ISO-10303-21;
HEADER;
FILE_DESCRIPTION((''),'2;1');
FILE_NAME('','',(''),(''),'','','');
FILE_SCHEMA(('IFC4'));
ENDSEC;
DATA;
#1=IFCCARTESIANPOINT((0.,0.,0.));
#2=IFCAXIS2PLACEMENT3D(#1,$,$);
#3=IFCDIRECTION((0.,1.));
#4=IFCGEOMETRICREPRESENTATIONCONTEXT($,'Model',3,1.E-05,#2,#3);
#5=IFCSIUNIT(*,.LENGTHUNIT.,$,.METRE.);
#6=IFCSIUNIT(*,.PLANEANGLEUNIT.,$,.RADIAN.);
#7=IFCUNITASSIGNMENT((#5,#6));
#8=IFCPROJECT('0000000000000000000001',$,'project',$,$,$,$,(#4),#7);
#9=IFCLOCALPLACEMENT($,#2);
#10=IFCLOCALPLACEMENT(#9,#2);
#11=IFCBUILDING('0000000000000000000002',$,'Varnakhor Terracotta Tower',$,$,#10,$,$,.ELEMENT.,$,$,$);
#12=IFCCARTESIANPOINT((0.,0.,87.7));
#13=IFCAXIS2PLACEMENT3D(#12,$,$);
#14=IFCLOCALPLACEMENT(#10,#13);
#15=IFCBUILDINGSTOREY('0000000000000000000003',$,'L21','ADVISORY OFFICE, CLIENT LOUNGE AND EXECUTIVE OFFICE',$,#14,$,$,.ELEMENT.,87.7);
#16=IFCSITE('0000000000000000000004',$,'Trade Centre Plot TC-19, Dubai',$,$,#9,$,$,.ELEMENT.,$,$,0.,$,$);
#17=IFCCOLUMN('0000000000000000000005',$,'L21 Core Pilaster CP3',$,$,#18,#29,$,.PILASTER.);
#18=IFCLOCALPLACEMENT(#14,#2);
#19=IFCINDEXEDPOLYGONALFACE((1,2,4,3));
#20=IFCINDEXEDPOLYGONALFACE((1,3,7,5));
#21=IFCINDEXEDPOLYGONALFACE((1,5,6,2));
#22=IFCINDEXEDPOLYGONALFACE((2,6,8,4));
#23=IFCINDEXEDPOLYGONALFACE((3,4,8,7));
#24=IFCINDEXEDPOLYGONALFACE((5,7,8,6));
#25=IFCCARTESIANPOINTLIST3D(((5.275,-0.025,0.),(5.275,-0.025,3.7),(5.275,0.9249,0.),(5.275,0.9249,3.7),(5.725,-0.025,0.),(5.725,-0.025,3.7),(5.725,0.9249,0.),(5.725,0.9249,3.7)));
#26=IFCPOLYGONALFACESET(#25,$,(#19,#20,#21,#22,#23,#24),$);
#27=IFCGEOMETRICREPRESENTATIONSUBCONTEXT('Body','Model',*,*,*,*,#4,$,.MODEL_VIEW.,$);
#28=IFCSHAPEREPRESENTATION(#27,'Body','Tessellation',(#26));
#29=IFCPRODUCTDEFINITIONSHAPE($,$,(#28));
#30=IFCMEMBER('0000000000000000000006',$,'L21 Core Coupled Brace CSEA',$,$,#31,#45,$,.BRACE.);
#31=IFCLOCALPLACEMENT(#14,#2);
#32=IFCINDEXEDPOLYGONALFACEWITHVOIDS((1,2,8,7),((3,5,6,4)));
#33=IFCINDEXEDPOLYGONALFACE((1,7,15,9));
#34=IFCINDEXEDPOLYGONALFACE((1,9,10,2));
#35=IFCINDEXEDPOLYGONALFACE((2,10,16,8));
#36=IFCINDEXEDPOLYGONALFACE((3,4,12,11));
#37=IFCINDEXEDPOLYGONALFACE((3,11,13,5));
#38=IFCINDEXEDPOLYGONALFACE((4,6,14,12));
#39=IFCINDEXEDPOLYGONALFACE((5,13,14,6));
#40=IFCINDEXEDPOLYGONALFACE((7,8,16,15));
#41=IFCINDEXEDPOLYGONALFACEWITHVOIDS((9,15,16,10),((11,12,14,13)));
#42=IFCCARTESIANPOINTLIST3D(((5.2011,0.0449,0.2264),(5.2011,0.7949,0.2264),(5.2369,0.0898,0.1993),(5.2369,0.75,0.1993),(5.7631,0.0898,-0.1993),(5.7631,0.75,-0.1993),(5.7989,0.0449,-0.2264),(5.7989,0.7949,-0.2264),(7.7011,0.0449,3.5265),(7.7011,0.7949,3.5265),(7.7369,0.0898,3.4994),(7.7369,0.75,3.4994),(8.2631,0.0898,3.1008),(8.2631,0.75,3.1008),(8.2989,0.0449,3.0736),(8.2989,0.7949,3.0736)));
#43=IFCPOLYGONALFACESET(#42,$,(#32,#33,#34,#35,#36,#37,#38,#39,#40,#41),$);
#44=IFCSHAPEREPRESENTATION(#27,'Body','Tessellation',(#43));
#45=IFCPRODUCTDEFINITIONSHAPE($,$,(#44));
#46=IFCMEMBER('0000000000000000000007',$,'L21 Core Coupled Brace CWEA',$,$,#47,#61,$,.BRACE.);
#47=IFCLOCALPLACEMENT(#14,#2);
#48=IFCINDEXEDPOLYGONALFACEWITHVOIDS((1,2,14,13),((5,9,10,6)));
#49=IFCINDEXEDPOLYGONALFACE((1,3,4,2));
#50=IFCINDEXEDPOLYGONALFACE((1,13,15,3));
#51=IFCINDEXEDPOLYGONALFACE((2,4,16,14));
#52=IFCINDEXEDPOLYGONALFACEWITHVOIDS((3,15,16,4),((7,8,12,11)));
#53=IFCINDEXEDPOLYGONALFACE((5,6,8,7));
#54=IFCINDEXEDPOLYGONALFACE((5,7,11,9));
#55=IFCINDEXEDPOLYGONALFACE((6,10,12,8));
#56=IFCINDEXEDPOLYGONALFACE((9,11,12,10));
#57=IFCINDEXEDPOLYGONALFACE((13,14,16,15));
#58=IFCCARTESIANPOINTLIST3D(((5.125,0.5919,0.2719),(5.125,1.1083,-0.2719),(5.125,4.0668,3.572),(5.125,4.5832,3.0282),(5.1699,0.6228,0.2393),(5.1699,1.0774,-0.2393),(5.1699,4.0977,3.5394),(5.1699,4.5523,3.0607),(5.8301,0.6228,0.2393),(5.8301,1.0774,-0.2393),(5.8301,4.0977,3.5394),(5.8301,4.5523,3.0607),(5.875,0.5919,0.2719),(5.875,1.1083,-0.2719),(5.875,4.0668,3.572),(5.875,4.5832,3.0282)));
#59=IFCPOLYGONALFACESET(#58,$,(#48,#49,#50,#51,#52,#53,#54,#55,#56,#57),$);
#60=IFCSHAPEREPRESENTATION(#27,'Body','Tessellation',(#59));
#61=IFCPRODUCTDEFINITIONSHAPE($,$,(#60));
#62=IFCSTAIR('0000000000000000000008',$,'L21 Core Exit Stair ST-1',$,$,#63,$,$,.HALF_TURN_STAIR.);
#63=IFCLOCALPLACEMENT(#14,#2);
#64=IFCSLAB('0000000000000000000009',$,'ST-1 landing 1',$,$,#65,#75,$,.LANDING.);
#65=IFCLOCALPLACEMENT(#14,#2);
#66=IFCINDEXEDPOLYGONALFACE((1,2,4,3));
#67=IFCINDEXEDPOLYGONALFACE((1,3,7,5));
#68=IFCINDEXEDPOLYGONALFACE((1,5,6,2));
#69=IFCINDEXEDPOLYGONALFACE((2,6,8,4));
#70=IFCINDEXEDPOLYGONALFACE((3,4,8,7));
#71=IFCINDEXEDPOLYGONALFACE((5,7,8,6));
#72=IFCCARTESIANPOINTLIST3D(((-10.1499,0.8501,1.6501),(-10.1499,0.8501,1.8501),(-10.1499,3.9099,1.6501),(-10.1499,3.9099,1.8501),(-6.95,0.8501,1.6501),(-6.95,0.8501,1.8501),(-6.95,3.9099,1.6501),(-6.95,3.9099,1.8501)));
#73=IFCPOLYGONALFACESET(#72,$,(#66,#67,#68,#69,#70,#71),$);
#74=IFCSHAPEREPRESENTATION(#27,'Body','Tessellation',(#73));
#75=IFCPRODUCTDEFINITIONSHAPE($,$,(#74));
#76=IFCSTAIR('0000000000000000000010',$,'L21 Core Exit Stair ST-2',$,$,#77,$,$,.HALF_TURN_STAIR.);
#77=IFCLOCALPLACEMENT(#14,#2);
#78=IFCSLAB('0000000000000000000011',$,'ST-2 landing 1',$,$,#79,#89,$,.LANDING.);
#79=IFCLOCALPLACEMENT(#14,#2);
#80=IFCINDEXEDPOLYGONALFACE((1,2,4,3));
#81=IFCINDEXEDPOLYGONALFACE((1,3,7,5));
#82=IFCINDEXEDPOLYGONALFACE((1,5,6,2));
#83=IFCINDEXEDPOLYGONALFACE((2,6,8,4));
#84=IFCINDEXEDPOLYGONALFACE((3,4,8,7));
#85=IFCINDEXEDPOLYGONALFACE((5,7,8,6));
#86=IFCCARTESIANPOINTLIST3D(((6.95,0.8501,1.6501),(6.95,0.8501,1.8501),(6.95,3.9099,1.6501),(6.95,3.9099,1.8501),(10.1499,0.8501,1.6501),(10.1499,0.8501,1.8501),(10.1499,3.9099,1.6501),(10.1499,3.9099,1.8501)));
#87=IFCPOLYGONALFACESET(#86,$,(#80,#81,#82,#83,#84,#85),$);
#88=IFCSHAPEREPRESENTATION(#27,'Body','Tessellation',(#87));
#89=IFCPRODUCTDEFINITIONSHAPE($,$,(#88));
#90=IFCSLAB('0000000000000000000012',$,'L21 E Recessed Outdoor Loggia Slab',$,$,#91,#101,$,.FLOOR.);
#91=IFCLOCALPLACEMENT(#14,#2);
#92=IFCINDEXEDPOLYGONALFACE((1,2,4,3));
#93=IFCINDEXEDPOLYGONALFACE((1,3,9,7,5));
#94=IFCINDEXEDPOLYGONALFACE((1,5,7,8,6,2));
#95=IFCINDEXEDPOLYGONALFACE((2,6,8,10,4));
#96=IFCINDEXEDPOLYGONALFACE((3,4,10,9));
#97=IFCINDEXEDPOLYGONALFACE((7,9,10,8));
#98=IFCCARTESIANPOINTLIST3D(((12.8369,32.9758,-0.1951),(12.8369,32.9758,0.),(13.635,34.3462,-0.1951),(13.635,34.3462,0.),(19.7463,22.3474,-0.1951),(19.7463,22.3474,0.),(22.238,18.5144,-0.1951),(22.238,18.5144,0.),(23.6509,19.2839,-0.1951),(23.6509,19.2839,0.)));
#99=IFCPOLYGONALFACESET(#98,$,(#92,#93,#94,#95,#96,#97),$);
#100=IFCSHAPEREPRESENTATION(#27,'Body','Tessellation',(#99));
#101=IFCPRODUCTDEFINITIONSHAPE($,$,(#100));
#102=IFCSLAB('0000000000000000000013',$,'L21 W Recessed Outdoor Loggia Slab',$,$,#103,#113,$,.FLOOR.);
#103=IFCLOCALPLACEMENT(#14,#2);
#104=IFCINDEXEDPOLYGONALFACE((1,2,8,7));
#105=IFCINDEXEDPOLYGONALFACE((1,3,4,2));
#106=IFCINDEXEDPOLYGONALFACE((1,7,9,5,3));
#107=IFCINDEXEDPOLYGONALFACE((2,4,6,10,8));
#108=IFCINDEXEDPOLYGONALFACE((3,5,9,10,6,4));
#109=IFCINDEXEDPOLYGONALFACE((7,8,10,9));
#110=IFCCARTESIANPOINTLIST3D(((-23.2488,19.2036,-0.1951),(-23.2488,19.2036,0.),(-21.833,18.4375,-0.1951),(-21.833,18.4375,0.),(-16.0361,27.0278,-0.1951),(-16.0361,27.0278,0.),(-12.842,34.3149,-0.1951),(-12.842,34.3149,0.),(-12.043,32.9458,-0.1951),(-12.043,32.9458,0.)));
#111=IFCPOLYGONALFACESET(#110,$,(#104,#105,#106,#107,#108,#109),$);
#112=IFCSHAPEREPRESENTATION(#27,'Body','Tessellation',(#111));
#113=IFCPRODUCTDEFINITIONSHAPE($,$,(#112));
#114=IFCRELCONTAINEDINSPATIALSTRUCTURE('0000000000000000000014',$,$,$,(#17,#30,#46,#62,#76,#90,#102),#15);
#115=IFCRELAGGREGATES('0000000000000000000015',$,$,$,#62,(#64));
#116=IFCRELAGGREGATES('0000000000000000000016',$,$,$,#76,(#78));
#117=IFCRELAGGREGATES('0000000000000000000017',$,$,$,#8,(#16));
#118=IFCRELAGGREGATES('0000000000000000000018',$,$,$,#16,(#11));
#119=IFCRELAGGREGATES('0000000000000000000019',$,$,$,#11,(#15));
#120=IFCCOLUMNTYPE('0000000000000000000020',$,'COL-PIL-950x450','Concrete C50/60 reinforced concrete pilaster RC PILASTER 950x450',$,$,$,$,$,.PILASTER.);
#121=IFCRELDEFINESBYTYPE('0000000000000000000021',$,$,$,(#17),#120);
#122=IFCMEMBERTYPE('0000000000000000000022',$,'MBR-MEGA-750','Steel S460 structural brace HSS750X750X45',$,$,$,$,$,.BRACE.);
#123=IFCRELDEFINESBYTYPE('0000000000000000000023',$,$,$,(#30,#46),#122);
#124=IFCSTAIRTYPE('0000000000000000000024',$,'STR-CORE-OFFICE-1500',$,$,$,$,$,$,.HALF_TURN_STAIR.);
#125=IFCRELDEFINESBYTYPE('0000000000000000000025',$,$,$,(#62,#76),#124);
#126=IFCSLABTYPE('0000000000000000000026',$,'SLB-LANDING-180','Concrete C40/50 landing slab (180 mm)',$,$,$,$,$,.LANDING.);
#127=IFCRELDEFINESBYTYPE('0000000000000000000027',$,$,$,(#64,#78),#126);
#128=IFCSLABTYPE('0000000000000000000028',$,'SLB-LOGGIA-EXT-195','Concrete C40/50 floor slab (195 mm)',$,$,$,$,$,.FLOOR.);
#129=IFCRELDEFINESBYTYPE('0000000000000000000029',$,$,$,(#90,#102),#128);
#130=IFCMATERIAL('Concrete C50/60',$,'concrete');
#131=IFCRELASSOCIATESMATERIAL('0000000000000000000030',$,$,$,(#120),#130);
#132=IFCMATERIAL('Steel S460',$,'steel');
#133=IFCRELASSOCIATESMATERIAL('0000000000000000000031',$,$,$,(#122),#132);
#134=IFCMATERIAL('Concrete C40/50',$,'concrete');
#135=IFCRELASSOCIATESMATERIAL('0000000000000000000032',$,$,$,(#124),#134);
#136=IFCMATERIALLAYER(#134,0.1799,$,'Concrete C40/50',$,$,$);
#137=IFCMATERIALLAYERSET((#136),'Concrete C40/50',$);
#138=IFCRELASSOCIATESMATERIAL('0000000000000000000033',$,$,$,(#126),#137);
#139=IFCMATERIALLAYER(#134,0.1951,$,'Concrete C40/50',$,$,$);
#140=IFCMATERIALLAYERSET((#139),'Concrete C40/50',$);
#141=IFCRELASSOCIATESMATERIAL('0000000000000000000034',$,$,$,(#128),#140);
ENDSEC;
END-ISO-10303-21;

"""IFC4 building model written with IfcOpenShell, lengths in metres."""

from ifc_helpers import new_model, si_unit, direction, frame, origin, origin_2d, place, context, subcontext, project, spatial, polyline, rectangle, hollow_rectangle, outline, extrude, source, transform, mapped, material, layer, layer_set, material_profile, profile_set, type_object, type_shapes, element, aggregate, save


model = new_model("IFC4")

# Units and contexts
model_context = context("Model", 3, precision=1e-05, world=origin(), true_north=direction((0.0, 1.0)))
body_context = subcontext(model_context, "Body", "Model", "MODEL_VIEW")
ifc_project = project(units=[si_unit("LENGTHUNIT", "METRE"), si_unit("PLANEANGLEUNIT", "RADIAN")], contexts=[model_context])

# Site, building, storey
site_placement = place(None, origin())
site = spatial("IfcSite", under=ifc_project, at=site_placement, Name="Trade Centre Plot TC-19, Dubai", CompositionType="ELEMENT", RefElevation=0.0)
building_placement = place(site_placement, origin())
building = spatial("IfcBuilding", under=site, at=building_placement, Name="Varnakhor Terracotta Tower", CompositionType="ELEMENT")
storey_placement = place(building_placement, frame((0.0, 0.0, 87.7)))
storey = spatial("IfcBuildingStorey", under=building, at=storey_placement, Name="L21", Description="ADVISORY OFFICE, CLIENT LOUNGE AND EXECUTIVE OFFICE", CompositionType="ELEMENT", Elevation=87.7)

# Column
ifc_material_1 = material(Name="Concrete C50/60", Category="concrete")
ifc_material_profile_1 = material_profile(ifc_material_1, rectangle(XDim=0.45, YDim=0.95, at=origin_2d()), Name="RC PILASTER 950x450")
ifc_profile_set_1 = profile_set([ifc_material_profile_1], Name="Concrete C50/60")
column_type = type_object("IfcColumnType", Name="COL-PIL-950x450", Description="Concrete C50/60 reinforced concrete pilaster RC PILASTER 950x450", PredefinedType="PILASTER", material=ifc_profile_set_1)
shared_shape_1 = source(origin(), body_context, "Body", "SweptSolid", [
    extrude(rectangle(XDim=0.45, YDim=0.95, at=origin_2d()), origin(), (0.0, 0.0, 1.0), 3.7),
])
column_placement = place(storey_placement, frame((5.5, 0.45, 0.0), z_axis=(0.0, 0.0, 1.0), x_axis=(1.0, 0.0, 0.0)))
element("IfcColumn", 1, at=column_placement, inside=storey, type_object=column_type, Name="L21 Core Pilaster CP3", PredefinedType="PILASTER", context=body_context, shape_type="MappedRepresentation", body=[
    mapped(shared_shape_1, transform((0.0, 0.0, 0.0), scale=1.0)),
])

# Members
ifc_material_2 = material(Name="Steel S460", Category="steel")
ifc_material_profile_2 = material_profile(ifc_material_2, hollow_rectangle(XDim=0.75, YDim=0.75, WallThickness=0.0449, at=origin_2d()), Name="HSS750X750X45")
ifc_profile_set_2 = profile_set([ifc_material_profile_2], Name="Steel S460")
member_type = type_object("IfcMemberType", Name="MBR-MEGA-750", Description="Steel S460 structural brace HSS750X750X45", PredefinedType="BRACE", material=ifc_profile_set_2)
shared_shape_2 = source(origin(), body_context, "Body", "SweptSolid", [
    extrude(hollow_rectangle(XDim=0.75, YDim=0.75, WallThickness=0.0449, at=origin_2d()), origin(), (0.0, 0.0, 1.0), 4.1401),
])
type_shapes(member_type, [shared_shape_2])
member_1_placement = place(storey_placement, frame((5.5, 0.4199, 0.0), z_axis=(0.603852, 0.0, 0.797096), x_axis=(0.0, 1.0, 0.0)))
element("IfcMember", 2, at=member_1_placement, inside=storey, type_object=member_type, Name="L21 Core Coupled Brace CSEA", PredefinedType="BRACE", context=body_context, shape_type="MappedRepresentation", body=[
    mapped(shared_shape_2, transform((0.0, 0.0, 0.0), scale=1.0)),
])
shared_shape_3 = source(origin(), body_context, "Body", "SweptSolid", [
    extrude(hollow_rectangle(XDim=0.75, YDim=0.75, WallThickness=0.0449, at=origin_2d()), origin(), (0.0, 0.0, 1.0), 4.7922),
])
member_2_placement = place(storey_placement, frame((5.5, 0.8501, 0.0), z_axis=(0.0, 0.72511, 0.688633), x_axis=(-1.0, 0.0, 0.0)))
element("IfcMember", 3, at=member_2_placement, inside=storey, type_object=member_type, Name="L21 Core Coupled Brace CWEA", PredefinedType="BRACE", context=body_context, shape_type="MappedRepresentation", body=[
    mapped(shared_shape_3, transform((0.0, 0.0, 0.0), scale=1.0)),
])

# Stairs, slabs
ifc_material_3 = material(Name="Concrete C40/50", Category="concrete")
stair_type = type_object("IfcStairType", Name="STR-CORE-OFFICE-1500", PredefinedType="HALF_TURN_STAIR", material=ifc_material_3)
stair_1_placement = place(storey_placement, origin())
stair_1 = element("IfcStair", 4, at=stair_1_placement, inside=storey, type_object=stair_type, Name="L21 Core Exit Stair ST-1", PredefinedType="HALF_TURN_STAIR")
ifc_layer_1 = layer(ifc_material_3, 0.1799, Name="Concrete C40/50")
ifc_layer_set_1 = layer_set([ifc_layer_1], Name="Concrete C40/50")
slab_type_1 = type_object("IfcSlabType", Name="SLB-LANDING-180", Description="Concrete C40/50 landing slab (180 mm)", PredefinedType="LANDING", material=ifc_layer_set_1)
slab_1_placement = place(storey_placement, frame((0.0, 0.0, 1.6501)))
slab_1 = element("IfcSlab", 5, at=slab_1_placement, type_object=slab_type_1, Name="ST-1 landing 1", PredefinedType="LANDING", context=body_context, shape_type="SweptSolid", body=[
    extrude(outline(polyline([(-10.1499, 3.9099), (-10.1499, 0.8501), (-6.95, 0.8501), (-6.95, 3.9099), (-10.1499, 3.9099)])), origin(), (0.0, 0.0, 1.0), 0.2),
])
aggregate(stair_1, [slab_1])
stair_2_placement = place(storey_placement, origin())
stair_2 = element("IfcStair", 6, at=stair_2_placement, inside=storey, type_object=stair_type, Name="L21 Core Exit Stair ST-2", PredefinedType="HALF_TURN_STAIR")
slab_2_placement = place(storey_placement, frame((0.0, 0.0, 1.6501)))
slab_2 = element("IfcSlab", 7, at=slab_2_placement, type_object=slab_type_1, Name="ST-2 landing 1", PredefinedType="LANDING", context=body_context, shape_type="SweptSolid", body=[
    extrude(outline(polyline([(6.95, 3.9099), (6.95, 0.8501), (10.1499, 0.8501), (10.1499, 3.9099), (6.95, 3.9099)])), origin(), (0.0, 0.0, 1.0), 0.2),
])
aggregate(stair_2, [slab_2])

# Slabs
ifc_layer_2 = layer(ifc_material_3, 0.1951, Name="Concrete C40/50")
ifc_layer_set_2 = layer_set([ifc_layer_2], Name="Concrete C40/50")
slab_type_2 = type_object("IfcSlabType", Name="SLB-LOGGIA-EXT-195", Description="Concrete C40/50 floor slab (195 mm)", PredefinedType="FLOOR", material=ifc_layer_set_2)
slab_3_placement = place(storey_placement, frame((0.0, 0.0, -0.1951)))
element("IfcSlab", 8, at=slab_3_placement, inside=storey, type_object=slab_type_2, Name="L21 E Recessed Outdoor Loggia Slab", PredefinedType="FLOOR", context=body_context, shape_type="SweptSolid", body=[
    extrude(outline(polyline([(13.635, 34.3462), (23.6509, 19.2839), (22.238, 18.5144), (19.7463, 22.3474), (12.8369, 32.9758), (13.635, 34.3462)])), origin(), (0.0, 0.0, 1.0), 0.1951),
])
slab_4_placement = place(storey_placement, frame((0.0, 0.0, -0.1951)))
element("IfcSlab", 9, at=slab_4_placement, inside=storey, type_object=slab_type_2, Name="L21 W Recessed Outdoor Loggia Slab", PredefinedType="FLOOR", context=body_context, shape_type="SweptSolid", body=[
    extrude(outline(polyline([(-23.2488, 19.2036), (-12.842, 34.3149), (-12.043, 32.9458), (-16.0361, 27.0278), (-21.833, 18.4375), (-23.2488, 19.2036)])), origin(), (0.0, 0.0, 1.0), 0.1951),
])

save(model, "model.ifc")
